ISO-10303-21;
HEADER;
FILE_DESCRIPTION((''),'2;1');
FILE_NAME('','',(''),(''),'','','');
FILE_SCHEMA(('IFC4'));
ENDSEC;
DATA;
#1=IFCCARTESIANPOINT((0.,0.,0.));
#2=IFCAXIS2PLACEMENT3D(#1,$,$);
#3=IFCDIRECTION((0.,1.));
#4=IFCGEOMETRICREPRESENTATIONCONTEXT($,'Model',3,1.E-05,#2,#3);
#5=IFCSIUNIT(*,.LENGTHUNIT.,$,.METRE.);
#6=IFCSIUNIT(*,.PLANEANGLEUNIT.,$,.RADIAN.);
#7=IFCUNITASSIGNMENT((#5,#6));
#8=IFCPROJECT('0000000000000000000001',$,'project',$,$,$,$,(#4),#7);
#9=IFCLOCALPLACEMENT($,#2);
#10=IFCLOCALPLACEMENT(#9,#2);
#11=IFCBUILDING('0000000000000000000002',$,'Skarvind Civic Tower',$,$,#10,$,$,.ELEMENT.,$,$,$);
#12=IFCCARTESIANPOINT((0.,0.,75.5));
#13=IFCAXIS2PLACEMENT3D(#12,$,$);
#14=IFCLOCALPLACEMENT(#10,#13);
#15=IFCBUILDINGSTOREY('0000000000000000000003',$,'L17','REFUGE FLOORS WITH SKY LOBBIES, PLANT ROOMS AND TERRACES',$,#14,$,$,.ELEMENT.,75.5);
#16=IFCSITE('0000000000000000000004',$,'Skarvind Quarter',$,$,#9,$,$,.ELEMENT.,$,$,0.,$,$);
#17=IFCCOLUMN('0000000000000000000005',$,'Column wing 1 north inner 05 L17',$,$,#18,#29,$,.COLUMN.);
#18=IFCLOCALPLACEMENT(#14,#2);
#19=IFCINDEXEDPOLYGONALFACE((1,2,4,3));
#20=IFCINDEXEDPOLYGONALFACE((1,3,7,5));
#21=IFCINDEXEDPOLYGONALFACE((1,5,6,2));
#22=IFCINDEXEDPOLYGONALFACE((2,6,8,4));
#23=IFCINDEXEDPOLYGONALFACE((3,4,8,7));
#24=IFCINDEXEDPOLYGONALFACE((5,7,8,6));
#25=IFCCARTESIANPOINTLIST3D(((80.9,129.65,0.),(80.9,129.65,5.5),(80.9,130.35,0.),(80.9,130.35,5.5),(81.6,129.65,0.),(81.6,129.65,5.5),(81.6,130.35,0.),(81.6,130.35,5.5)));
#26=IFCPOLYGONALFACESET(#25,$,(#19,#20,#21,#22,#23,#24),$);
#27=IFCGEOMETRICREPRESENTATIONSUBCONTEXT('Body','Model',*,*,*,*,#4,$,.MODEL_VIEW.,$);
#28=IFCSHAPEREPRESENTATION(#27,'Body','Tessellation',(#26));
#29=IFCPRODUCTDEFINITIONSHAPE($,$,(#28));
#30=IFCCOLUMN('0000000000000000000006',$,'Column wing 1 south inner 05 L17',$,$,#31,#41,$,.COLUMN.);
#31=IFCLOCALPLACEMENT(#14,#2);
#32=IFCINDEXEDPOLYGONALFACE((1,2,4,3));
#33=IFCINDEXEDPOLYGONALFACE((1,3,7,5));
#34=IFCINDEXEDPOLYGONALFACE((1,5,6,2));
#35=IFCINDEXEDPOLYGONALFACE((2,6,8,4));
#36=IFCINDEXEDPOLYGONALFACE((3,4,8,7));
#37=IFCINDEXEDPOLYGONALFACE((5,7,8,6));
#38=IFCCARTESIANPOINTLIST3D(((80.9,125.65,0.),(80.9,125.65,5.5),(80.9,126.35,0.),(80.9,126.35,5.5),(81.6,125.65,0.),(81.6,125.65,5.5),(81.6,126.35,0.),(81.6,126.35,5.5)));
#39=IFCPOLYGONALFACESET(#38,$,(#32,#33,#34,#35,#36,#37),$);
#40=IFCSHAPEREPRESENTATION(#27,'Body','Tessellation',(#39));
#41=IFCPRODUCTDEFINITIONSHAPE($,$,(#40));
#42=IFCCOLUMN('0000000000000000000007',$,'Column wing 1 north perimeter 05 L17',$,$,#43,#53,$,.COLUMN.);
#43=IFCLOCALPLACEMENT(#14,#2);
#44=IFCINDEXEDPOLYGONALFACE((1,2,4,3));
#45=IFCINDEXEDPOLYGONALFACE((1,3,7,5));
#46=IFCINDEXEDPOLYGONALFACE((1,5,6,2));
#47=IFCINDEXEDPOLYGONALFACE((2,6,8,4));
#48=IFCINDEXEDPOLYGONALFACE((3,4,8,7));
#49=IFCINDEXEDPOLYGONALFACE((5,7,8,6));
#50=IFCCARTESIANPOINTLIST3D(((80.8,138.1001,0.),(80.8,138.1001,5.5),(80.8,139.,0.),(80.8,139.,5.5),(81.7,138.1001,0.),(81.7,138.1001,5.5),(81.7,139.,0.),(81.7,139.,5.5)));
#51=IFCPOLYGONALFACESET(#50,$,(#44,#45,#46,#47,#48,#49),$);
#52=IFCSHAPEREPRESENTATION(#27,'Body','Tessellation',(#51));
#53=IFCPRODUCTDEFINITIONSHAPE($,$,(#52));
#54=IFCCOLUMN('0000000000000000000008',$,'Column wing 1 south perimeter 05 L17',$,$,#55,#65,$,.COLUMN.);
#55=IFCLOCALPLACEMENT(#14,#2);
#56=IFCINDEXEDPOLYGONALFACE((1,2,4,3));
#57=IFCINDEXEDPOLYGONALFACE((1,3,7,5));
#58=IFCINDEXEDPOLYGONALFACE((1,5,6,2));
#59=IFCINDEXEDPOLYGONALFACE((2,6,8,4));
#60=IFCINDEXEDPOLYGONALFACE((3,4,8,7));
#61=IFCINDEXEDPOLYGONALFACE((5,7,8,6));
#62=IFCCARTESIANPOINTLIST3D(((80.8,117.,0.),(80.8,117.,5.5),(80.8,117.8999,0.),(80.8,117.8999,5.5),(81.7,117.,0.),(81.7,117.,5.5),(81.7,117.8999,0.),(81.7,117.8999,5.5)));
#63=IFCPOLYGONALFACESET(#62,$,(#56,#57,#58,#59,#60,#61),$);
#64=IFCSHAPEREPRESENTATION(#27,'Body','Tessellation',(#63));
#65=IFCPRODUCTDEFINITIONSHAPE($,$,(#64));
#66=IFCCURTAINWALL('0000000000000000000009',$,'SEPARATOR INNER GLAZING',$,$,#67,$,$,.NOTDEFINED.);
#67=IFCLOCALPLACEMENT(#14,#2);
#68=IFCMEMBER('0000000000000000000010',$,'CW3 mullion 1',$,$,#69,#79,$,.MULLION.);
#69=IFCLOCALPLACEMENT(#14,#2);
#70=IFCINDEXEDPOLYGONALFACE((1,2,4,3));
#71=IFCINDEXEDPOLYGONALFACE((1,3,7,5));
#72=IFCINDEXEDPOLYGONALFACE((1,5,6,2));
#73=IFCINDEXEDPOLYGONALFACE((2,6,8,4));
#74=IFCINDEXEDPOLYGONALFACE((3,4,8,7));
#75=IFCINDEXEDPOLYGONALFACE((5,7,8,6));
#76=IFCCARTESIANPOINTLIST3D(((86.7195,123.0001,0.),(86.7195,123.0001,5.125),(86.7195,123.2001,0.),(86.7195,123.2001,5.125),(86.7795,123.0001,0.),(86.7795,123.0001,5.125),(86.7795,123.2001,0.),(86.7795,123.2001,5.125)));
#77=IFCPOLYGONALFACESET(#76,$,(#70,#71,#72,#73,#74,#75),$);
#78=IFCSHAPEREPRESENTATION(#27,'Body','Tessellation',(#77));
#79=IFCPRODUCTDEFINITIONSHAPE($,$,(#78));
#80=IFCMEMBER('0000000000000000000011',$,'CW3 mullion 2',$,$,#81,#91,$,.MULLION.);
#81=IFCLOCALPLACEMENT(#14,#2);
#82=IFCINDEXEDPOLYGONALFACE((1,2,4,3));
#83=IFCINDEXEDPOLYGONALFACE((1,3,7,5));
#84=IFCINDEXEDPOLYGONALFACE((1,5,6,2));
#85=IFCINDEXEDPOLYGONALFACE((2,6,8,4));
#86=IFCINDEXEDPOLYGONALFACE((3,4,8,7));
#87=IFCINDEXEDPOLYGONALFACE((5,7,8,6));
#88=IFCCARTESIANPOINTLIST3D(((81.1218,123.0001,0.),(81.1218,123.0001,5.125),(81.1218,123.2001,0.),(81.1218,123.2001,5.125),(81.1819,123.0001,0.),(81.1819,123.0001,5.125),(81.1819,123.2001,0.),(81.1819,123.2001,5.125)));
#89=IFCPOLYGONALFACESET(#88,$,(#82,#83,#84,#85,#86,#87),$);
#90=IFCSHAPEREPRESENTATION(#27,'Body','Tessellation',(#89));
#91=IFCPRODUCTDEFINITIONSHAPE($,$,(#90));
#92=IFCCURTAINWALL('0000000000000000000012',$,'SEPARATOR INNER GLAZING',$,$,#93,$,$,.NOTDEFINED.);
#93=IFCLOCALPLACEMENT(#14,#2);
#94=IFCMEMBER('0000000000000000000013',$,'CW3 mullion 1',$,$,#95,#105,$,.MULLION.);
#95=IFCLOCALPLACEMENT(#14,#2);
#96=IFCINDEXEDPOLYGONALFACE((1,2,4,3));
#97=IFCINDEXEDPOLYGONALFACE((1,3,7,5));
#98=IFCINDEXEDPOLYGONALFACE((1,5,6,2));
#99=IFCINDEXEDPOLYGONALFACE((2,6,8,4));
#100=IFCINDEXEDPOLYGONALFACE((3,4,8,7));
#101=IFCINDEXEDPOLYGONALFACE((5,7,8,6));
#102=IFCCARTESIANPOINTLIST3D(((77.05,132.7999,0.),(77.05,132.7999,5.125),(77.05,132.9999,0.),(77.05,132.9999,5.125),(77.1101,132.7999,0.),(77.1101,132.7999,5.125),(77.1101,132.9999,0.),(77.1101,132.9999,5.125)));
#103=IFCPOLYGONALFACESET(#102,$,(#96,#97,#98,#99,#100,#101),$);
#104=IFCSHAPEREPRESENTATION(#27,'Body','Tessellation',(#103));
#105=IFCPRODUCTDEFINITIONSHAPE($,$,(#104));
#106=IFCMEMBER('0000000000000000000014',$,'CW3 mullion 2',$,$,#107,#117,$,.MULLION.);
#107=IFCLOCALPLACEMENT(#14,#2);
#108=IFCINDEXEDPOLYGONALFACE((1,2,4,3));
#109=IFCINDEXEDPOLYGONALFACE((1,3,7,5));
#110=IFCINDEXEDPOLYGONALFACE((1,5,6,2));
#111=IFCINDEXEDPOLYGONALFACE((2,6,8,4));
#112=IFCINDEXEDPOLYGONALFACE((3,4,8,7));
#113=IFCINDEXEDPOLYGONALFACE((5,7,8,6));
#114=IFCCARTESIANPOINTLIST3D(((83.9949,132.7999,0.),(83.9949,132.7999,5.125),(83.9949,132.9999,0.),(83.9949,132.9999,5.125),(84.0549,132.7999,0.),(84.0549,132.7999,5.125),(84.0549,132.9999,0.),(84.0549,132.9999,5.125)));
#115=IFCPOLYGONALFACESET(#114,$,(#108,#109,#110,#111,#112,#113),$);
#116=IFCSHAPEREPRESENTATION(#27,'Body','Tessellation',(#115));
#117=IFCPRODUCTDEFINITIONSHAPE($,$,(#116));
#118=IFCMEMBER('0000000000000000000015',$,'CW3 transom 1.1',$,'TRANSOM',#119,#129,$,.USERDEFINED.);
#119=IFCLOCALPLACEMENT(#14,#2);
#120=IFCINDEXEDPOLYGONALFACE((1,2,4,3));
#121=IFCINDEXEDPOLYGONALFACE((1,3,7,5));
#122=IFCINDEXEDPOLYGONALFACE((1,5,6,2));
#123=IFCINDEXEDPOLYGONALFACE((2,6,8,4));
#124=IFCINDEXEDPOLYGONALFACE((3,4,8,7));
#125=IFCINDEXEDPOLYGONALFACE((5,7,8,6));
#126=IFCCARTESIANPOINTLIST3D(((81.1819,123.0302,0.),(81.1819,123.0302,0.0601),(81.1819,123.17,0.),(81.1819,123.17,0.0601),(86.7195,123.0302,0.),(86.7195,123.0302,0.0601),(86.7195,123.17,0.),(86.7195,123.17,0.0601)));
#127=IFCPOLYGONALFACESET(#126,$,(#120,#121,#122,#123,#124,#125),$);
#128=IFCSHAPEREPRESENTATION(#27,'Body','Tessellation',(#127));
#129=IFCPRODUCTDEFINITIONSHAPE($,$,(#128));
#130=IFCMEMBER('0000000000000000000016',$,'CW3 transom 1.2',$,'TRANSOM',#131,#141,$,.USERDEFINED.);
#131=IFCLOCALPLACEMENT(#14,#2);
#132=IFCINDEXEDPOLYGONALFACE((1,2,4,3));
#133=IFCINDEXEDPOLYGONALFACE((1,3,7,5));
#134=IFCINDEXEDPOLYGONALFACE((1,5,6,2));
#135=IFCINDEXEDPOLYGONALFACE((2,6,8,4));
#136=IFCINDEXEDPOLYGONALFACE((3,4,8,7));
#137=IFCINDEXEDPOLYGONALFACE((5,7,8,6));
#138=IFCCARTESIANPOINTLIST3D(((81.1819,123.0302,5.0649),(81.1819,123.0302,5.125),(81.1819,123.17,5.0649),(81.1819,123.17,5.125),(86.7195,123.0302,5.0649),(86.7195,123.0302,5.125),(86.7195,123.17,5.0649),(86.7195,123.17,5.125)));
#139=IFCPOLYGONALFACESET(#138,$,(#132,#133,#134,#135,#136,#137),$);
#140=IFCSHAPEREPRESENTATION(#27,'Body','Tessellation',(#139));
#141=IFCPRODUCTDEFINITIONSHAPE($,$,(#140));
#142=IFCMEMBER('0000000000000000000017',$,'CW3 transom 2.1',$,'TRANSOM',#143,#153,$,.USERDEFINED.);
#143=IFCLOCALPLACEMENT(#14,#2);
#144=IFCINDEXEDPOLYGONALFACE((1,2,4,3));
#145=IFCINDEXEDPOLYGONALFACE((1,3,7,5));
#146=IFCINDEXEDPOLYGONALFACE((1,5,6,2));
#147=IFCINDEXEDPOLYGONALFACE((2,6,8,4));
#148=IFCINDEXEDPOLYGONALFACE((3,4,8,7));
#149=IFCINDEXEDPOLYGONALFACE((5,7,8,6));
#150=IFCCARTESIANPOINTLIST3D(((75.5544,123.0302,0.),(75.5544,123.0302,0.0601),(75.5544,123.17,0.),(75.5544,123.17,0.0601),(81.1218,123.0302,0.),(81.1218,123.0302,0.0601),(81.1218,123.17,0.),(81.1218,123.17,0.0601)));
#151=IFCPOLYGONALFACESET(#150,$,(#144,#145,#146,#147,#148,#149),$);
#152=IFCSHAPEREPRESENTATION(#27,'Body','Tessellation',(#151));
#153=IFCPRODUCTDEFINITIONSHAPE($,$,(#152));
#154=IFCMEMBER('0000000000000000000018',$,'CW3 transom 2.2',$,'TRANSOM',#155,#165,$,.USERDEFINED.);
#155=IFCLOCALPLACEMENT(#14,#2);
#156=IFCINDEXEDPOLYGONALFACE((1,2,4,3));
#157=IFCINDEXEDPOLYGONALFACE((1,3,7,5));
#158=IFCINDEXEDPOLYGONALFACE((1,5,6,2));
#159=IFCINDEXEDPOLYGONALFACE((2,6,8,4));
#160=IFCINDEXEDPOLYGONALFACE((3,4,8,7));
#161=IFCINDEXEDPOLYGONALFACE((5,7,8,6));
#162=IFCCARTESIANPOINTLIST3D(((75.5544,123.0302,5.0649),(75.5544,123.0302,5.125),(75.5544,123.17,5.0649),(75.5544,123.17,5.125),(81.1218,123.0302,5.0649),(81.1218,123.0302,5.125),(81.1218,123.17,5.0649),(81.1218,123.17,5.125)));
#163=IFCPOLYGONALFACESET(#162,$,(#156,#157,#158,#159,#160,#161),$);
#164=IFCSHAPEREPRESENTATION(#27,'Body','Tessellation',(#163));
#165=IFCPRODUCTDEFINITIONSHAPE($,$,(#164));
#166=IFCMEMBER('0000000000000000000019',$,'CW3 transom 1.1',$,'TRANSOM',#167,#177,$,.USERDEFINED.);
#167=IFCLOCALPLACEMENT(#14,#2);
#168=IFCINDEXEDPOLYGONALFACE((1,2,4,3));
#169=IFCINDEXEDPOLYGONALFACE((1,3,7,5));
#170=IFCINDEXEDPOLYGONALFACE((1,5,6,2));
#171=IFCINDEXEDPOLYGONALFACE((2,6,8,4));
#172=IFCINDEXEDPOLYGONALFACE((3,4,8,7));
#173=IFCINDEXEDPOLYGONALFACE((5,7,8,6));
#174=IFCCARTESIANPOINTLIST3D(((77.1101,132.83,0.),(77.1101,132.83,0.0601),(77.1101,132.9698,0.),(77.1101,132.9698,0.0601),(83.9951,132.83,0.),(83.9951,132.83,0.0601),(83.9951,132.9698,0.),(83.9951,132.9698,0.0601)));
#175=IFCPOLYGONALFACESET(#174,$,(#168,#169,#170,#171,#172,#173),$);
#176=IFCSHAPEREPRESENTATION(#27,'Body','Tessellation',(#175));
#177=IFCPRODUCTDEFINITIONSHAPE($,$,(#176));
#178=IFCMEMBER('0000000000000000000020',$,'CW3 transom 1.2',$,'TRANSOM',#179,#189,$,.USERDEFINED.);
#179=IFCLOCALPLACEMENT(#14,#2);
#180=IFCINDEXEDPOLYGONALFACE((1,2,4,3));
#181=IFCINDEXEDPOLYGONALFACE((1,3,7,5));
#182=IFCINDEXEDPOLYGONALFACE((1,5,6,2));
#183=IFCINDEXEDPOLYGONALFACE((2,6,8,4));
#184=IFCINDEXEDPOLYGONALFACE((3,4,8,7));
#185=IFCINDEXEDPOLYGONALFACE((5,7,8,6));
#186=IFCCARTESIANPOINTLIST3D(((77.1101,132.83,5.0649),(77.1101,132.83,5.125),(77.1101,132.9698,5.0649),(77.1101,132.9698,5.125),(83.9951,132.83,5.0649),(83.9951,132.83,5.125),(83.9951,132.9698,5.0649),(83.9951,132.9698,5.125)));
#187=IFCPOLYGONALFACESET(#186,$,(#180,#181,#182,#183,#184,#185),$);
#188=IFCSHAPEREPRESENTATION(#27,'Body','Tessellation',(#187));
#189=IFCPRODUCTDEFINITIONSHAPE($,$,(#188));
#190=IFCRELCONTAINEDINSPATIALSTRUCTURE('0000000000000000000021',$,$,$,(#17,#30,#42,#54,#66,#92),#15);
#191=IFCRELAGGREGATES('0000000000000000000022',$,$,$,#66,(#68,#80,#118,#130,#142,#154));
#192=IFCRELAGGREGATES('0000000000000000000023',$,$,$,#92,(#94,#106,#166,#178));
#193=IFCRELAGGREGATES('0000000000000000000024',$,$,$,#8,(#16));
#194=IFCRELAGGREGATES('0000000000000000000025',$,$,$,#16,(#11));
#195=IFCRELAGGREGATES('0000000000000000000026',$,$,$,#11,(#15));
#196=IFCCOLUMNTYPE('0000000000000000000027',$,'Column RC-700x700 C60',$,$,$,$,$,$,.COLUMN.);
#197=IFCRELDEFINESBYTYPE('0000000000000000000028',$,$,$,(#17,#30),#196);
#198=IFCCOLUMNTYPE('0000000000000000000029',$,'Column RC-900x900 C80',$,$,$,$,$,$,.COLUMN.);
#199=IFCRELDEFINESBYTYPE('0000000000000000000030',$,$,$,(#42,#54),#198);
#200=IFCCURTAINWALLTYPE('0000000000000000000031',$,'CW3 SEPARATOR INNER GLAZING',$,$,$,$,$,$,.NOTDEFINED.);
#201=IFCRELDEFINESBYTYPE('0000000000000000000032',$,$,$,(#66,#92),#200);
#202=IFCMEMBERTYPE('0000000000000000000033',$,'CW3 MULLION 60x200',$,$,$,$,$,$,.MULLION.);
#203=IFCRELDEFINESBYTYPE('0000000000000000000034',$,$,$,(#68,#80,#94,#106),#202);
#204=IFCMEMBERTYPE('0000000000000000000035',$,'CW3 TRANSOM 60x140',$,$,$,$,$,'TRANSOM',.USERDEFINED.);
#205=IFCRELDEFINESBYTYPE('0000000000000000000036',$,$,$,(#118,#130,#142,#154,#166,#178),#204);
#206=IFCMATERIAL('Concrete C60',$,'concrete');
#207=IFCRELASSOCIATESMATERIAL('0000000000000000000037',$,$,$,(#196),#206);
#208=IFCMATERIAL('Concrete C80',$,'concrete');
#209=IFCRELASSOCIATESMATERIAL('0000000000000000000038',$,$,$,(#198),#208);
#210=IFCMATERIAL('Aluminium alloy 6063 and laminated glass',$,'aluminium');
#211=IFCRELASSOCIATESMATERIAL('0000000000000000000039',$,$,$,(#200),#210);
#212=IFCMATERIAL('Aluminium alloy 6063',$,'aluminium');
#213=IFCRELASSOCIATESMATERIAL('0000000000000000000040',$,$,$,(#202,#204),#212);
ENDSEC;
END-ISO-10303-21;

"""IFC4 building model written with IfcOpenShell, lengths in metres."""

from ifc_helpers import new_model, si_unit, direction, frame, origin, origin_2d, place, context, subcontext, project, spatial, rectangle, extrude, material, material_profile, profile_set, type_object, element, aggregate, save


model = new_model("IFC4")

# Units and contexts
model_context = context("Model", 3, precision=1e-05, world=origin(), true_north=direction((0.0, 1.0)))
body_context = subcontext(model_context, "Body", "Model", "MODEL_VIEW")
ifc_project = project(units=[si_unit("LENGTHUNIT", "METRE"), si_unit("PLANEANGLEUNIT", "RADIAN")], contexts=[model_context])

# Site, building, storey
site_placement = place(None, origin())
site = spatial("IfcSite", under=ifc_project, at=site_placement, Name="Skarvind Quarter", CompositionType="ELEMENT", RefElevation=0.0)
building_placement = place(site_placement, origin())
building = spatial("IfcBuilding", under=site, at=building_placement, Name="Skarvind Civic Tower", CompositionType="ELEMENT")
storey_placement = place(building_placement, frame((0.0, 0.0, 75.5)))
storey = spatial("IfcBuildingStorey", under=building, at=storey_placement, Name="L17", Description="REFUGE FLOORS WITH SKY LOBBIES, PLANT ROOMS AND TERRACES", CompositionType="ELEMENT", Elevation=75.5)

# Columns
ifc_material_1 = material(Name="Concrete C60", Category="concrete")
ifc_material_profile_1 = material_profile(ifc_material_1, rectangle(XDim=0.7, YDim=0.7, at=origin_2d()), Name="RC-700x700")
ifc_profile_set_1 = profile_set([ifc_material_profile_1], Name="Concrete C60")
column_type_1 = type_object("IfcColumnType", Name="Column RC-700x700 C60", PredefinedType="COLUMN", material=ifc_profile_set_1)
for number, where, z_axis, x_axis, name in (
    (1, (81.25, 130.0, 0.0), (0.0, 0.0, 1.0), (1.0, 0.0, 0.0), "Column wing 1 north inner 05 L17"),
    (2, (81.25, 126.0, 0.0), (0.0, 0.0, 1.0), (1.0, 0.0, 0.0), "Column wing 1 south inner 05 L17"),
):
    element("IfcColumn", number, at=place(storey_placement, frame(where, z_axis=z_axis, x_axis=x_axis)), inside=storey, type_object=column_type_1, Name=name, PredefinedType="COLUMN", context=body_context, shape_type="SweptSolid", body=[
        extrude(rectangle(XDim=0.7, YDim=0.7, at=origin_2d()), origin(), (0.0, 0.0, 1.0), 5.5),
    ])
ifc_material_2 = material(Name="Concrete C80", Category="concrete")
ifc_material_profile_2 = material_profile(ifc_material_2, rectangle(XDim=0.8999, YDim=0.8999, at=origin_2d()), Name="RC-900x900")
ifc_profile_set_2 = profile_set([ifc_material_profile_2], Name="Concrete C80")
column_type_2 = type_object("IfcColumnType", Name="Column RC-900x900 C80", PredefinedType="COLUMN", material=ifc_profile_set_2)
for number, where, z_axis, x_axis, name in (
    (3, (81.25, 138.55, 0.0), (0.0, 0.0, 1.0), (1.0, 0.0, 0.0), "Column wing 1 north perimeter 05 L17"),
    (4, (81.25, 117.45, 0.0), (0.0, 0.0, 1.0), (1.0, 0.0, 0.0), "Column wing 1 south perimeter 05 L17"),
):
    element("IfcColumn", number, at=place(storey_placement, frame(where, z_axis=z_axis, x_axis=x_axis)), inside=storey, type_object=column_type_2, Name=name, PredefinedType="COLUMN", context=body_context, shape_type="SweptSolid", body=[
        extrude(rectangle(XDim=0.8999, YDim=0.8999, at=origin_2d()), origin(), (0.0, 0.0, 1.0), 5.5),
    ])

# Curtain walls, members
ifc_material_3 = material(Name="Aluminium alloy 6063 and laminated glass", Category="aluminium")
curtain_wall_type = type_object("IfcCurtainWallType", Name="CW3 SEPARATOR INNER GLAZING", PredefinedType="NOTDEFINED", material=ifc_material_3)
curtain_wall_1_placement = place(storey_placement, origin())
curtain_wall_1 = element("IfcCurtainWall", 5, at=curtain_wall_1_placement, inside=storey, type_object=curtain_wall_type, Name="SEPARATOR INNER GLAZING", PredefinedType="NOTDEFINED")
ifc_material_4 = material(Name="Aluminium alloy 6063", Category="aluminium")
ifc_material_profile_3 = material_profile(ifc_material_4, rectangle(XDim=0.2, YDim=0.0601, at=origin_2d()), Name="AL 60x200")
ifc_profile_set_3 = profile_set([ifc_material_profile_3], Name="Aluminium alloy 6063")
member_type_1 = type_object("IfcMemberType", Name="CW3 MULLION 60x200", PredefinedType="MULLION", material=ifc_profile_set_3)
member_1_placement = place(storey_placement, frame((86.7495, 123.1001, 0.0), z_axis=(0.0, 0.0, 1.0), x_axis=(0.0, -1.0, 0.0)))
member_1 = element("IfcMember", 6, at=member_1_placement, type_object=member_type_1, Name="CW3 mullion 1", PredefinedType="MULLION", context=body_context, shape_type="SweptSolid", body=[
    extrude(rectangle(XDim=0.2, YDim=0.0601, at=origin_2d()), origin(), (0.0, 0.0, 1.0), 5.125),
])
member_2_placement = place(storey_placement, frame((81.1519, 123.1001, 0.0), z_axis=(0.0, 0.0, 1.0), x_axis=(0.0, -1.0, 0.0)))
member_2 = element("IfcMember", 7, at=member_2_placement, type_object=member_type_1, Name="CW3 mullion 2", PredefinedType="MULLION", context=body_context, shape_type="SweptSolid", body=[
    extrude(rectangle(XDim=0.2, YDim=0.0601, at=origin_2d()), origin(), (0.0, 0.0, 1.0), 5.125),
])
curtain_wall_2_placement = place(storey_placement, origin())
curtain_wall_2 = element("IfcCurtainWall", 8, at=curtain_wall_2_placement, inside=storey, type_object=curtain_wall_type, Name="SEPARATOR INNER GLAZING", PredefinedType="NOTDEFINED")
member_3_placement = place(storey_placement, frame((77.0801, 132.8999, 0.0), z_axis=(0.0, 0.0, 1.0), x_axis=(0.0, 1.0, 0.0)))
member_3 = element("IfcMember", 9, at=member_3_placement, type_object=member_type_1, Name="CW3 mullion 1", PredefinedType="MULLION", context=body_context, shape_type="SweptSolid", body=[
    extrude(rectangle(XDim=0.2, YDim=0.0601, at=origin_2d()), origin(), (0.0, 0.0, 1.0), 5.125),
])
member_4_placement = place(storey_placement, frame((84.0249, 132.8999, 0.0), z_axis=(0.0, 0.0, 1.0), x_axis=(0.0, 1.0, 0.0)))
member_4 = element("IfcMember", 10, at=member_4_placement, type_object=member_type_1, Name="CW3 mullion 2", PredefinedType="MULLION", context=body_context, shape_type="SweptSolid", body=[
    extrude(rectangle(XDim=0.2, YDim=0.0601, at=origin_2d()), origin(), (0.0, 0.0, 1.0), 5.125),
])

# Members
ifc_material_profile_4 = material_profile(ifc_material_4, rectangle(XDim=0.1399, YDim=0.0601, at=origin_2d()), Name="AL 60x140")
ifc_profile_set_4 = profile_set([ifc_material_profile_4], Name="Aluminium alloy 6063")
member_type_2 = type_object("IfcMemberType", Name="CW3 TRANSOM 60x140", ElementType="TRANSOM", PredefinedType="USERDEFINED", material=ifc_profile_set_4)
member_5_placement = place(storey_placement, frame((86.7195, 123.1001, 0.03), z_axis=(-1.0, 0.0, 0.0), x_axis=(0.0, -1.0, 0.0)))
member_5 = element("IfcMember", 11, at=member_5_placement, type_object=member_type_2, Name="CW3 transom 1.1", ObjectType="TRANSOM", PredefinedType="USERDEFINED", context=body_context, shape_type="SweptSolid", body=[
    extrude(rectangle(XDim=0.1399, YDim=0.0601, at=origin_2d()), origin(), (0.0, 0.0, 1.0), 5.5376),
])
member_6_placement = place(storey_placement, frame((86.7195, 123.1001, 5.095), z_axis=(-1.0, 0.0, 0.0), x_axis=(0.0, -1.0, 0.0)))
member_6 = element("IfcMember", 12, at=member_6_placement, type_object=member_type_2, Name="CW3 transom 1.2", ObjectType="TRANSOM", PredefinedType="USERDEFINED", context=body_context, shape_type="SweptSolid", body=[
    extrude(rectangle(XDim=0.1399, YDim=0.0601, at=origin_2d()), origin(), (0.0, 0.0, 1.0), 5.5376),
])
member_7_placement = place(storey_placement, frame((81.1218, 123.1001, 0.03), z_axis=(-1.0, 0.0, 0.0), x_axis=(0.0, -1.0, 0.0)))
member_7 = element("IfcMember", 13, at=member_7_placement, type_object=member_type_2, Name="CW3 transom 2.1", ObjectType="TRANSOM", PredefinedType="USERDEFINED", context=body_context, shape_type="SweptSolid", body=[
    extrude(rectangle(XDim=0.1399, YDim=0.0601, at=origin_2d()), origin(), (0.0, 0.0, 1.0), 5.5674),
])
member_8_placement = place(storey_placement, frame((81.1218, 123.1001, 5.095), z_axis=(-1.0, 0.0, 0.0), x_axis=(0.0, -1.0, 0.0)))
member_8 = element("IfcMember", 14, at=member_8_placement, type_object=member_type_2, Name="CW3 transom 2.2", ObjectType="TRANSOM", PredefinedType="USERDEFINED", context=body_context, shape_type="SweptSolid", body=[
    extrude(rectangle(XDim=0.1399, YDim=0.0601, at=origin_2d()), origin(), (0.0, 0.0, 1.0), 5.5674),
])
member_9_placement = place(storey_placement, frame((77.1101, 132.8999, 0.03), z_axis=(1.0, 0.0, 0.0), x_axis=(0.0, 1.0, 0.0)))
member_9 = element("IfcMember", 15, at=member_9_placement, type_object=member_type_2, Name="CW3 transom 1.1", ObjectType="TRANSOM", PredefinedType="USERDEFINED", context=body_context, shape_type="SweptSolid", body=[
    extrude(rectangle(XDim=0.1399, YDim=0.0601, at=origin_2d()), origin(), (0.0, 0.0, 1.0), 6.885),
])
member_10_placement = place(storey_placement, frame((77.1101, 132.8999, 5.095), z_axis=(1.0, 0.0, 0.0), x_axis=(0.0, 1.0, 0.0)))
member_10 = element("IfcMember", 16, at=member_10_placement, type_object=member_type_2, Name="CW3 transom 1.2", ObjectType="TRANSOM", PredefinedType="USERDEFINED", context=body_context, shape_type="SweptSolid", body=[
    extrude(rectangle(XDim=0.1399, YDim=0.0601, at=origin_2d()), origin(), (0.0, 0.0, 1.0), 6.885),
])

aggregate(curtain_wall_1, [member_1, member_2, member_5, member_6, member_7, member_8])
aggregate(curtain_wall_2, [member_3, member_4, member_9, member_10])

save(model, "model.ifc")
